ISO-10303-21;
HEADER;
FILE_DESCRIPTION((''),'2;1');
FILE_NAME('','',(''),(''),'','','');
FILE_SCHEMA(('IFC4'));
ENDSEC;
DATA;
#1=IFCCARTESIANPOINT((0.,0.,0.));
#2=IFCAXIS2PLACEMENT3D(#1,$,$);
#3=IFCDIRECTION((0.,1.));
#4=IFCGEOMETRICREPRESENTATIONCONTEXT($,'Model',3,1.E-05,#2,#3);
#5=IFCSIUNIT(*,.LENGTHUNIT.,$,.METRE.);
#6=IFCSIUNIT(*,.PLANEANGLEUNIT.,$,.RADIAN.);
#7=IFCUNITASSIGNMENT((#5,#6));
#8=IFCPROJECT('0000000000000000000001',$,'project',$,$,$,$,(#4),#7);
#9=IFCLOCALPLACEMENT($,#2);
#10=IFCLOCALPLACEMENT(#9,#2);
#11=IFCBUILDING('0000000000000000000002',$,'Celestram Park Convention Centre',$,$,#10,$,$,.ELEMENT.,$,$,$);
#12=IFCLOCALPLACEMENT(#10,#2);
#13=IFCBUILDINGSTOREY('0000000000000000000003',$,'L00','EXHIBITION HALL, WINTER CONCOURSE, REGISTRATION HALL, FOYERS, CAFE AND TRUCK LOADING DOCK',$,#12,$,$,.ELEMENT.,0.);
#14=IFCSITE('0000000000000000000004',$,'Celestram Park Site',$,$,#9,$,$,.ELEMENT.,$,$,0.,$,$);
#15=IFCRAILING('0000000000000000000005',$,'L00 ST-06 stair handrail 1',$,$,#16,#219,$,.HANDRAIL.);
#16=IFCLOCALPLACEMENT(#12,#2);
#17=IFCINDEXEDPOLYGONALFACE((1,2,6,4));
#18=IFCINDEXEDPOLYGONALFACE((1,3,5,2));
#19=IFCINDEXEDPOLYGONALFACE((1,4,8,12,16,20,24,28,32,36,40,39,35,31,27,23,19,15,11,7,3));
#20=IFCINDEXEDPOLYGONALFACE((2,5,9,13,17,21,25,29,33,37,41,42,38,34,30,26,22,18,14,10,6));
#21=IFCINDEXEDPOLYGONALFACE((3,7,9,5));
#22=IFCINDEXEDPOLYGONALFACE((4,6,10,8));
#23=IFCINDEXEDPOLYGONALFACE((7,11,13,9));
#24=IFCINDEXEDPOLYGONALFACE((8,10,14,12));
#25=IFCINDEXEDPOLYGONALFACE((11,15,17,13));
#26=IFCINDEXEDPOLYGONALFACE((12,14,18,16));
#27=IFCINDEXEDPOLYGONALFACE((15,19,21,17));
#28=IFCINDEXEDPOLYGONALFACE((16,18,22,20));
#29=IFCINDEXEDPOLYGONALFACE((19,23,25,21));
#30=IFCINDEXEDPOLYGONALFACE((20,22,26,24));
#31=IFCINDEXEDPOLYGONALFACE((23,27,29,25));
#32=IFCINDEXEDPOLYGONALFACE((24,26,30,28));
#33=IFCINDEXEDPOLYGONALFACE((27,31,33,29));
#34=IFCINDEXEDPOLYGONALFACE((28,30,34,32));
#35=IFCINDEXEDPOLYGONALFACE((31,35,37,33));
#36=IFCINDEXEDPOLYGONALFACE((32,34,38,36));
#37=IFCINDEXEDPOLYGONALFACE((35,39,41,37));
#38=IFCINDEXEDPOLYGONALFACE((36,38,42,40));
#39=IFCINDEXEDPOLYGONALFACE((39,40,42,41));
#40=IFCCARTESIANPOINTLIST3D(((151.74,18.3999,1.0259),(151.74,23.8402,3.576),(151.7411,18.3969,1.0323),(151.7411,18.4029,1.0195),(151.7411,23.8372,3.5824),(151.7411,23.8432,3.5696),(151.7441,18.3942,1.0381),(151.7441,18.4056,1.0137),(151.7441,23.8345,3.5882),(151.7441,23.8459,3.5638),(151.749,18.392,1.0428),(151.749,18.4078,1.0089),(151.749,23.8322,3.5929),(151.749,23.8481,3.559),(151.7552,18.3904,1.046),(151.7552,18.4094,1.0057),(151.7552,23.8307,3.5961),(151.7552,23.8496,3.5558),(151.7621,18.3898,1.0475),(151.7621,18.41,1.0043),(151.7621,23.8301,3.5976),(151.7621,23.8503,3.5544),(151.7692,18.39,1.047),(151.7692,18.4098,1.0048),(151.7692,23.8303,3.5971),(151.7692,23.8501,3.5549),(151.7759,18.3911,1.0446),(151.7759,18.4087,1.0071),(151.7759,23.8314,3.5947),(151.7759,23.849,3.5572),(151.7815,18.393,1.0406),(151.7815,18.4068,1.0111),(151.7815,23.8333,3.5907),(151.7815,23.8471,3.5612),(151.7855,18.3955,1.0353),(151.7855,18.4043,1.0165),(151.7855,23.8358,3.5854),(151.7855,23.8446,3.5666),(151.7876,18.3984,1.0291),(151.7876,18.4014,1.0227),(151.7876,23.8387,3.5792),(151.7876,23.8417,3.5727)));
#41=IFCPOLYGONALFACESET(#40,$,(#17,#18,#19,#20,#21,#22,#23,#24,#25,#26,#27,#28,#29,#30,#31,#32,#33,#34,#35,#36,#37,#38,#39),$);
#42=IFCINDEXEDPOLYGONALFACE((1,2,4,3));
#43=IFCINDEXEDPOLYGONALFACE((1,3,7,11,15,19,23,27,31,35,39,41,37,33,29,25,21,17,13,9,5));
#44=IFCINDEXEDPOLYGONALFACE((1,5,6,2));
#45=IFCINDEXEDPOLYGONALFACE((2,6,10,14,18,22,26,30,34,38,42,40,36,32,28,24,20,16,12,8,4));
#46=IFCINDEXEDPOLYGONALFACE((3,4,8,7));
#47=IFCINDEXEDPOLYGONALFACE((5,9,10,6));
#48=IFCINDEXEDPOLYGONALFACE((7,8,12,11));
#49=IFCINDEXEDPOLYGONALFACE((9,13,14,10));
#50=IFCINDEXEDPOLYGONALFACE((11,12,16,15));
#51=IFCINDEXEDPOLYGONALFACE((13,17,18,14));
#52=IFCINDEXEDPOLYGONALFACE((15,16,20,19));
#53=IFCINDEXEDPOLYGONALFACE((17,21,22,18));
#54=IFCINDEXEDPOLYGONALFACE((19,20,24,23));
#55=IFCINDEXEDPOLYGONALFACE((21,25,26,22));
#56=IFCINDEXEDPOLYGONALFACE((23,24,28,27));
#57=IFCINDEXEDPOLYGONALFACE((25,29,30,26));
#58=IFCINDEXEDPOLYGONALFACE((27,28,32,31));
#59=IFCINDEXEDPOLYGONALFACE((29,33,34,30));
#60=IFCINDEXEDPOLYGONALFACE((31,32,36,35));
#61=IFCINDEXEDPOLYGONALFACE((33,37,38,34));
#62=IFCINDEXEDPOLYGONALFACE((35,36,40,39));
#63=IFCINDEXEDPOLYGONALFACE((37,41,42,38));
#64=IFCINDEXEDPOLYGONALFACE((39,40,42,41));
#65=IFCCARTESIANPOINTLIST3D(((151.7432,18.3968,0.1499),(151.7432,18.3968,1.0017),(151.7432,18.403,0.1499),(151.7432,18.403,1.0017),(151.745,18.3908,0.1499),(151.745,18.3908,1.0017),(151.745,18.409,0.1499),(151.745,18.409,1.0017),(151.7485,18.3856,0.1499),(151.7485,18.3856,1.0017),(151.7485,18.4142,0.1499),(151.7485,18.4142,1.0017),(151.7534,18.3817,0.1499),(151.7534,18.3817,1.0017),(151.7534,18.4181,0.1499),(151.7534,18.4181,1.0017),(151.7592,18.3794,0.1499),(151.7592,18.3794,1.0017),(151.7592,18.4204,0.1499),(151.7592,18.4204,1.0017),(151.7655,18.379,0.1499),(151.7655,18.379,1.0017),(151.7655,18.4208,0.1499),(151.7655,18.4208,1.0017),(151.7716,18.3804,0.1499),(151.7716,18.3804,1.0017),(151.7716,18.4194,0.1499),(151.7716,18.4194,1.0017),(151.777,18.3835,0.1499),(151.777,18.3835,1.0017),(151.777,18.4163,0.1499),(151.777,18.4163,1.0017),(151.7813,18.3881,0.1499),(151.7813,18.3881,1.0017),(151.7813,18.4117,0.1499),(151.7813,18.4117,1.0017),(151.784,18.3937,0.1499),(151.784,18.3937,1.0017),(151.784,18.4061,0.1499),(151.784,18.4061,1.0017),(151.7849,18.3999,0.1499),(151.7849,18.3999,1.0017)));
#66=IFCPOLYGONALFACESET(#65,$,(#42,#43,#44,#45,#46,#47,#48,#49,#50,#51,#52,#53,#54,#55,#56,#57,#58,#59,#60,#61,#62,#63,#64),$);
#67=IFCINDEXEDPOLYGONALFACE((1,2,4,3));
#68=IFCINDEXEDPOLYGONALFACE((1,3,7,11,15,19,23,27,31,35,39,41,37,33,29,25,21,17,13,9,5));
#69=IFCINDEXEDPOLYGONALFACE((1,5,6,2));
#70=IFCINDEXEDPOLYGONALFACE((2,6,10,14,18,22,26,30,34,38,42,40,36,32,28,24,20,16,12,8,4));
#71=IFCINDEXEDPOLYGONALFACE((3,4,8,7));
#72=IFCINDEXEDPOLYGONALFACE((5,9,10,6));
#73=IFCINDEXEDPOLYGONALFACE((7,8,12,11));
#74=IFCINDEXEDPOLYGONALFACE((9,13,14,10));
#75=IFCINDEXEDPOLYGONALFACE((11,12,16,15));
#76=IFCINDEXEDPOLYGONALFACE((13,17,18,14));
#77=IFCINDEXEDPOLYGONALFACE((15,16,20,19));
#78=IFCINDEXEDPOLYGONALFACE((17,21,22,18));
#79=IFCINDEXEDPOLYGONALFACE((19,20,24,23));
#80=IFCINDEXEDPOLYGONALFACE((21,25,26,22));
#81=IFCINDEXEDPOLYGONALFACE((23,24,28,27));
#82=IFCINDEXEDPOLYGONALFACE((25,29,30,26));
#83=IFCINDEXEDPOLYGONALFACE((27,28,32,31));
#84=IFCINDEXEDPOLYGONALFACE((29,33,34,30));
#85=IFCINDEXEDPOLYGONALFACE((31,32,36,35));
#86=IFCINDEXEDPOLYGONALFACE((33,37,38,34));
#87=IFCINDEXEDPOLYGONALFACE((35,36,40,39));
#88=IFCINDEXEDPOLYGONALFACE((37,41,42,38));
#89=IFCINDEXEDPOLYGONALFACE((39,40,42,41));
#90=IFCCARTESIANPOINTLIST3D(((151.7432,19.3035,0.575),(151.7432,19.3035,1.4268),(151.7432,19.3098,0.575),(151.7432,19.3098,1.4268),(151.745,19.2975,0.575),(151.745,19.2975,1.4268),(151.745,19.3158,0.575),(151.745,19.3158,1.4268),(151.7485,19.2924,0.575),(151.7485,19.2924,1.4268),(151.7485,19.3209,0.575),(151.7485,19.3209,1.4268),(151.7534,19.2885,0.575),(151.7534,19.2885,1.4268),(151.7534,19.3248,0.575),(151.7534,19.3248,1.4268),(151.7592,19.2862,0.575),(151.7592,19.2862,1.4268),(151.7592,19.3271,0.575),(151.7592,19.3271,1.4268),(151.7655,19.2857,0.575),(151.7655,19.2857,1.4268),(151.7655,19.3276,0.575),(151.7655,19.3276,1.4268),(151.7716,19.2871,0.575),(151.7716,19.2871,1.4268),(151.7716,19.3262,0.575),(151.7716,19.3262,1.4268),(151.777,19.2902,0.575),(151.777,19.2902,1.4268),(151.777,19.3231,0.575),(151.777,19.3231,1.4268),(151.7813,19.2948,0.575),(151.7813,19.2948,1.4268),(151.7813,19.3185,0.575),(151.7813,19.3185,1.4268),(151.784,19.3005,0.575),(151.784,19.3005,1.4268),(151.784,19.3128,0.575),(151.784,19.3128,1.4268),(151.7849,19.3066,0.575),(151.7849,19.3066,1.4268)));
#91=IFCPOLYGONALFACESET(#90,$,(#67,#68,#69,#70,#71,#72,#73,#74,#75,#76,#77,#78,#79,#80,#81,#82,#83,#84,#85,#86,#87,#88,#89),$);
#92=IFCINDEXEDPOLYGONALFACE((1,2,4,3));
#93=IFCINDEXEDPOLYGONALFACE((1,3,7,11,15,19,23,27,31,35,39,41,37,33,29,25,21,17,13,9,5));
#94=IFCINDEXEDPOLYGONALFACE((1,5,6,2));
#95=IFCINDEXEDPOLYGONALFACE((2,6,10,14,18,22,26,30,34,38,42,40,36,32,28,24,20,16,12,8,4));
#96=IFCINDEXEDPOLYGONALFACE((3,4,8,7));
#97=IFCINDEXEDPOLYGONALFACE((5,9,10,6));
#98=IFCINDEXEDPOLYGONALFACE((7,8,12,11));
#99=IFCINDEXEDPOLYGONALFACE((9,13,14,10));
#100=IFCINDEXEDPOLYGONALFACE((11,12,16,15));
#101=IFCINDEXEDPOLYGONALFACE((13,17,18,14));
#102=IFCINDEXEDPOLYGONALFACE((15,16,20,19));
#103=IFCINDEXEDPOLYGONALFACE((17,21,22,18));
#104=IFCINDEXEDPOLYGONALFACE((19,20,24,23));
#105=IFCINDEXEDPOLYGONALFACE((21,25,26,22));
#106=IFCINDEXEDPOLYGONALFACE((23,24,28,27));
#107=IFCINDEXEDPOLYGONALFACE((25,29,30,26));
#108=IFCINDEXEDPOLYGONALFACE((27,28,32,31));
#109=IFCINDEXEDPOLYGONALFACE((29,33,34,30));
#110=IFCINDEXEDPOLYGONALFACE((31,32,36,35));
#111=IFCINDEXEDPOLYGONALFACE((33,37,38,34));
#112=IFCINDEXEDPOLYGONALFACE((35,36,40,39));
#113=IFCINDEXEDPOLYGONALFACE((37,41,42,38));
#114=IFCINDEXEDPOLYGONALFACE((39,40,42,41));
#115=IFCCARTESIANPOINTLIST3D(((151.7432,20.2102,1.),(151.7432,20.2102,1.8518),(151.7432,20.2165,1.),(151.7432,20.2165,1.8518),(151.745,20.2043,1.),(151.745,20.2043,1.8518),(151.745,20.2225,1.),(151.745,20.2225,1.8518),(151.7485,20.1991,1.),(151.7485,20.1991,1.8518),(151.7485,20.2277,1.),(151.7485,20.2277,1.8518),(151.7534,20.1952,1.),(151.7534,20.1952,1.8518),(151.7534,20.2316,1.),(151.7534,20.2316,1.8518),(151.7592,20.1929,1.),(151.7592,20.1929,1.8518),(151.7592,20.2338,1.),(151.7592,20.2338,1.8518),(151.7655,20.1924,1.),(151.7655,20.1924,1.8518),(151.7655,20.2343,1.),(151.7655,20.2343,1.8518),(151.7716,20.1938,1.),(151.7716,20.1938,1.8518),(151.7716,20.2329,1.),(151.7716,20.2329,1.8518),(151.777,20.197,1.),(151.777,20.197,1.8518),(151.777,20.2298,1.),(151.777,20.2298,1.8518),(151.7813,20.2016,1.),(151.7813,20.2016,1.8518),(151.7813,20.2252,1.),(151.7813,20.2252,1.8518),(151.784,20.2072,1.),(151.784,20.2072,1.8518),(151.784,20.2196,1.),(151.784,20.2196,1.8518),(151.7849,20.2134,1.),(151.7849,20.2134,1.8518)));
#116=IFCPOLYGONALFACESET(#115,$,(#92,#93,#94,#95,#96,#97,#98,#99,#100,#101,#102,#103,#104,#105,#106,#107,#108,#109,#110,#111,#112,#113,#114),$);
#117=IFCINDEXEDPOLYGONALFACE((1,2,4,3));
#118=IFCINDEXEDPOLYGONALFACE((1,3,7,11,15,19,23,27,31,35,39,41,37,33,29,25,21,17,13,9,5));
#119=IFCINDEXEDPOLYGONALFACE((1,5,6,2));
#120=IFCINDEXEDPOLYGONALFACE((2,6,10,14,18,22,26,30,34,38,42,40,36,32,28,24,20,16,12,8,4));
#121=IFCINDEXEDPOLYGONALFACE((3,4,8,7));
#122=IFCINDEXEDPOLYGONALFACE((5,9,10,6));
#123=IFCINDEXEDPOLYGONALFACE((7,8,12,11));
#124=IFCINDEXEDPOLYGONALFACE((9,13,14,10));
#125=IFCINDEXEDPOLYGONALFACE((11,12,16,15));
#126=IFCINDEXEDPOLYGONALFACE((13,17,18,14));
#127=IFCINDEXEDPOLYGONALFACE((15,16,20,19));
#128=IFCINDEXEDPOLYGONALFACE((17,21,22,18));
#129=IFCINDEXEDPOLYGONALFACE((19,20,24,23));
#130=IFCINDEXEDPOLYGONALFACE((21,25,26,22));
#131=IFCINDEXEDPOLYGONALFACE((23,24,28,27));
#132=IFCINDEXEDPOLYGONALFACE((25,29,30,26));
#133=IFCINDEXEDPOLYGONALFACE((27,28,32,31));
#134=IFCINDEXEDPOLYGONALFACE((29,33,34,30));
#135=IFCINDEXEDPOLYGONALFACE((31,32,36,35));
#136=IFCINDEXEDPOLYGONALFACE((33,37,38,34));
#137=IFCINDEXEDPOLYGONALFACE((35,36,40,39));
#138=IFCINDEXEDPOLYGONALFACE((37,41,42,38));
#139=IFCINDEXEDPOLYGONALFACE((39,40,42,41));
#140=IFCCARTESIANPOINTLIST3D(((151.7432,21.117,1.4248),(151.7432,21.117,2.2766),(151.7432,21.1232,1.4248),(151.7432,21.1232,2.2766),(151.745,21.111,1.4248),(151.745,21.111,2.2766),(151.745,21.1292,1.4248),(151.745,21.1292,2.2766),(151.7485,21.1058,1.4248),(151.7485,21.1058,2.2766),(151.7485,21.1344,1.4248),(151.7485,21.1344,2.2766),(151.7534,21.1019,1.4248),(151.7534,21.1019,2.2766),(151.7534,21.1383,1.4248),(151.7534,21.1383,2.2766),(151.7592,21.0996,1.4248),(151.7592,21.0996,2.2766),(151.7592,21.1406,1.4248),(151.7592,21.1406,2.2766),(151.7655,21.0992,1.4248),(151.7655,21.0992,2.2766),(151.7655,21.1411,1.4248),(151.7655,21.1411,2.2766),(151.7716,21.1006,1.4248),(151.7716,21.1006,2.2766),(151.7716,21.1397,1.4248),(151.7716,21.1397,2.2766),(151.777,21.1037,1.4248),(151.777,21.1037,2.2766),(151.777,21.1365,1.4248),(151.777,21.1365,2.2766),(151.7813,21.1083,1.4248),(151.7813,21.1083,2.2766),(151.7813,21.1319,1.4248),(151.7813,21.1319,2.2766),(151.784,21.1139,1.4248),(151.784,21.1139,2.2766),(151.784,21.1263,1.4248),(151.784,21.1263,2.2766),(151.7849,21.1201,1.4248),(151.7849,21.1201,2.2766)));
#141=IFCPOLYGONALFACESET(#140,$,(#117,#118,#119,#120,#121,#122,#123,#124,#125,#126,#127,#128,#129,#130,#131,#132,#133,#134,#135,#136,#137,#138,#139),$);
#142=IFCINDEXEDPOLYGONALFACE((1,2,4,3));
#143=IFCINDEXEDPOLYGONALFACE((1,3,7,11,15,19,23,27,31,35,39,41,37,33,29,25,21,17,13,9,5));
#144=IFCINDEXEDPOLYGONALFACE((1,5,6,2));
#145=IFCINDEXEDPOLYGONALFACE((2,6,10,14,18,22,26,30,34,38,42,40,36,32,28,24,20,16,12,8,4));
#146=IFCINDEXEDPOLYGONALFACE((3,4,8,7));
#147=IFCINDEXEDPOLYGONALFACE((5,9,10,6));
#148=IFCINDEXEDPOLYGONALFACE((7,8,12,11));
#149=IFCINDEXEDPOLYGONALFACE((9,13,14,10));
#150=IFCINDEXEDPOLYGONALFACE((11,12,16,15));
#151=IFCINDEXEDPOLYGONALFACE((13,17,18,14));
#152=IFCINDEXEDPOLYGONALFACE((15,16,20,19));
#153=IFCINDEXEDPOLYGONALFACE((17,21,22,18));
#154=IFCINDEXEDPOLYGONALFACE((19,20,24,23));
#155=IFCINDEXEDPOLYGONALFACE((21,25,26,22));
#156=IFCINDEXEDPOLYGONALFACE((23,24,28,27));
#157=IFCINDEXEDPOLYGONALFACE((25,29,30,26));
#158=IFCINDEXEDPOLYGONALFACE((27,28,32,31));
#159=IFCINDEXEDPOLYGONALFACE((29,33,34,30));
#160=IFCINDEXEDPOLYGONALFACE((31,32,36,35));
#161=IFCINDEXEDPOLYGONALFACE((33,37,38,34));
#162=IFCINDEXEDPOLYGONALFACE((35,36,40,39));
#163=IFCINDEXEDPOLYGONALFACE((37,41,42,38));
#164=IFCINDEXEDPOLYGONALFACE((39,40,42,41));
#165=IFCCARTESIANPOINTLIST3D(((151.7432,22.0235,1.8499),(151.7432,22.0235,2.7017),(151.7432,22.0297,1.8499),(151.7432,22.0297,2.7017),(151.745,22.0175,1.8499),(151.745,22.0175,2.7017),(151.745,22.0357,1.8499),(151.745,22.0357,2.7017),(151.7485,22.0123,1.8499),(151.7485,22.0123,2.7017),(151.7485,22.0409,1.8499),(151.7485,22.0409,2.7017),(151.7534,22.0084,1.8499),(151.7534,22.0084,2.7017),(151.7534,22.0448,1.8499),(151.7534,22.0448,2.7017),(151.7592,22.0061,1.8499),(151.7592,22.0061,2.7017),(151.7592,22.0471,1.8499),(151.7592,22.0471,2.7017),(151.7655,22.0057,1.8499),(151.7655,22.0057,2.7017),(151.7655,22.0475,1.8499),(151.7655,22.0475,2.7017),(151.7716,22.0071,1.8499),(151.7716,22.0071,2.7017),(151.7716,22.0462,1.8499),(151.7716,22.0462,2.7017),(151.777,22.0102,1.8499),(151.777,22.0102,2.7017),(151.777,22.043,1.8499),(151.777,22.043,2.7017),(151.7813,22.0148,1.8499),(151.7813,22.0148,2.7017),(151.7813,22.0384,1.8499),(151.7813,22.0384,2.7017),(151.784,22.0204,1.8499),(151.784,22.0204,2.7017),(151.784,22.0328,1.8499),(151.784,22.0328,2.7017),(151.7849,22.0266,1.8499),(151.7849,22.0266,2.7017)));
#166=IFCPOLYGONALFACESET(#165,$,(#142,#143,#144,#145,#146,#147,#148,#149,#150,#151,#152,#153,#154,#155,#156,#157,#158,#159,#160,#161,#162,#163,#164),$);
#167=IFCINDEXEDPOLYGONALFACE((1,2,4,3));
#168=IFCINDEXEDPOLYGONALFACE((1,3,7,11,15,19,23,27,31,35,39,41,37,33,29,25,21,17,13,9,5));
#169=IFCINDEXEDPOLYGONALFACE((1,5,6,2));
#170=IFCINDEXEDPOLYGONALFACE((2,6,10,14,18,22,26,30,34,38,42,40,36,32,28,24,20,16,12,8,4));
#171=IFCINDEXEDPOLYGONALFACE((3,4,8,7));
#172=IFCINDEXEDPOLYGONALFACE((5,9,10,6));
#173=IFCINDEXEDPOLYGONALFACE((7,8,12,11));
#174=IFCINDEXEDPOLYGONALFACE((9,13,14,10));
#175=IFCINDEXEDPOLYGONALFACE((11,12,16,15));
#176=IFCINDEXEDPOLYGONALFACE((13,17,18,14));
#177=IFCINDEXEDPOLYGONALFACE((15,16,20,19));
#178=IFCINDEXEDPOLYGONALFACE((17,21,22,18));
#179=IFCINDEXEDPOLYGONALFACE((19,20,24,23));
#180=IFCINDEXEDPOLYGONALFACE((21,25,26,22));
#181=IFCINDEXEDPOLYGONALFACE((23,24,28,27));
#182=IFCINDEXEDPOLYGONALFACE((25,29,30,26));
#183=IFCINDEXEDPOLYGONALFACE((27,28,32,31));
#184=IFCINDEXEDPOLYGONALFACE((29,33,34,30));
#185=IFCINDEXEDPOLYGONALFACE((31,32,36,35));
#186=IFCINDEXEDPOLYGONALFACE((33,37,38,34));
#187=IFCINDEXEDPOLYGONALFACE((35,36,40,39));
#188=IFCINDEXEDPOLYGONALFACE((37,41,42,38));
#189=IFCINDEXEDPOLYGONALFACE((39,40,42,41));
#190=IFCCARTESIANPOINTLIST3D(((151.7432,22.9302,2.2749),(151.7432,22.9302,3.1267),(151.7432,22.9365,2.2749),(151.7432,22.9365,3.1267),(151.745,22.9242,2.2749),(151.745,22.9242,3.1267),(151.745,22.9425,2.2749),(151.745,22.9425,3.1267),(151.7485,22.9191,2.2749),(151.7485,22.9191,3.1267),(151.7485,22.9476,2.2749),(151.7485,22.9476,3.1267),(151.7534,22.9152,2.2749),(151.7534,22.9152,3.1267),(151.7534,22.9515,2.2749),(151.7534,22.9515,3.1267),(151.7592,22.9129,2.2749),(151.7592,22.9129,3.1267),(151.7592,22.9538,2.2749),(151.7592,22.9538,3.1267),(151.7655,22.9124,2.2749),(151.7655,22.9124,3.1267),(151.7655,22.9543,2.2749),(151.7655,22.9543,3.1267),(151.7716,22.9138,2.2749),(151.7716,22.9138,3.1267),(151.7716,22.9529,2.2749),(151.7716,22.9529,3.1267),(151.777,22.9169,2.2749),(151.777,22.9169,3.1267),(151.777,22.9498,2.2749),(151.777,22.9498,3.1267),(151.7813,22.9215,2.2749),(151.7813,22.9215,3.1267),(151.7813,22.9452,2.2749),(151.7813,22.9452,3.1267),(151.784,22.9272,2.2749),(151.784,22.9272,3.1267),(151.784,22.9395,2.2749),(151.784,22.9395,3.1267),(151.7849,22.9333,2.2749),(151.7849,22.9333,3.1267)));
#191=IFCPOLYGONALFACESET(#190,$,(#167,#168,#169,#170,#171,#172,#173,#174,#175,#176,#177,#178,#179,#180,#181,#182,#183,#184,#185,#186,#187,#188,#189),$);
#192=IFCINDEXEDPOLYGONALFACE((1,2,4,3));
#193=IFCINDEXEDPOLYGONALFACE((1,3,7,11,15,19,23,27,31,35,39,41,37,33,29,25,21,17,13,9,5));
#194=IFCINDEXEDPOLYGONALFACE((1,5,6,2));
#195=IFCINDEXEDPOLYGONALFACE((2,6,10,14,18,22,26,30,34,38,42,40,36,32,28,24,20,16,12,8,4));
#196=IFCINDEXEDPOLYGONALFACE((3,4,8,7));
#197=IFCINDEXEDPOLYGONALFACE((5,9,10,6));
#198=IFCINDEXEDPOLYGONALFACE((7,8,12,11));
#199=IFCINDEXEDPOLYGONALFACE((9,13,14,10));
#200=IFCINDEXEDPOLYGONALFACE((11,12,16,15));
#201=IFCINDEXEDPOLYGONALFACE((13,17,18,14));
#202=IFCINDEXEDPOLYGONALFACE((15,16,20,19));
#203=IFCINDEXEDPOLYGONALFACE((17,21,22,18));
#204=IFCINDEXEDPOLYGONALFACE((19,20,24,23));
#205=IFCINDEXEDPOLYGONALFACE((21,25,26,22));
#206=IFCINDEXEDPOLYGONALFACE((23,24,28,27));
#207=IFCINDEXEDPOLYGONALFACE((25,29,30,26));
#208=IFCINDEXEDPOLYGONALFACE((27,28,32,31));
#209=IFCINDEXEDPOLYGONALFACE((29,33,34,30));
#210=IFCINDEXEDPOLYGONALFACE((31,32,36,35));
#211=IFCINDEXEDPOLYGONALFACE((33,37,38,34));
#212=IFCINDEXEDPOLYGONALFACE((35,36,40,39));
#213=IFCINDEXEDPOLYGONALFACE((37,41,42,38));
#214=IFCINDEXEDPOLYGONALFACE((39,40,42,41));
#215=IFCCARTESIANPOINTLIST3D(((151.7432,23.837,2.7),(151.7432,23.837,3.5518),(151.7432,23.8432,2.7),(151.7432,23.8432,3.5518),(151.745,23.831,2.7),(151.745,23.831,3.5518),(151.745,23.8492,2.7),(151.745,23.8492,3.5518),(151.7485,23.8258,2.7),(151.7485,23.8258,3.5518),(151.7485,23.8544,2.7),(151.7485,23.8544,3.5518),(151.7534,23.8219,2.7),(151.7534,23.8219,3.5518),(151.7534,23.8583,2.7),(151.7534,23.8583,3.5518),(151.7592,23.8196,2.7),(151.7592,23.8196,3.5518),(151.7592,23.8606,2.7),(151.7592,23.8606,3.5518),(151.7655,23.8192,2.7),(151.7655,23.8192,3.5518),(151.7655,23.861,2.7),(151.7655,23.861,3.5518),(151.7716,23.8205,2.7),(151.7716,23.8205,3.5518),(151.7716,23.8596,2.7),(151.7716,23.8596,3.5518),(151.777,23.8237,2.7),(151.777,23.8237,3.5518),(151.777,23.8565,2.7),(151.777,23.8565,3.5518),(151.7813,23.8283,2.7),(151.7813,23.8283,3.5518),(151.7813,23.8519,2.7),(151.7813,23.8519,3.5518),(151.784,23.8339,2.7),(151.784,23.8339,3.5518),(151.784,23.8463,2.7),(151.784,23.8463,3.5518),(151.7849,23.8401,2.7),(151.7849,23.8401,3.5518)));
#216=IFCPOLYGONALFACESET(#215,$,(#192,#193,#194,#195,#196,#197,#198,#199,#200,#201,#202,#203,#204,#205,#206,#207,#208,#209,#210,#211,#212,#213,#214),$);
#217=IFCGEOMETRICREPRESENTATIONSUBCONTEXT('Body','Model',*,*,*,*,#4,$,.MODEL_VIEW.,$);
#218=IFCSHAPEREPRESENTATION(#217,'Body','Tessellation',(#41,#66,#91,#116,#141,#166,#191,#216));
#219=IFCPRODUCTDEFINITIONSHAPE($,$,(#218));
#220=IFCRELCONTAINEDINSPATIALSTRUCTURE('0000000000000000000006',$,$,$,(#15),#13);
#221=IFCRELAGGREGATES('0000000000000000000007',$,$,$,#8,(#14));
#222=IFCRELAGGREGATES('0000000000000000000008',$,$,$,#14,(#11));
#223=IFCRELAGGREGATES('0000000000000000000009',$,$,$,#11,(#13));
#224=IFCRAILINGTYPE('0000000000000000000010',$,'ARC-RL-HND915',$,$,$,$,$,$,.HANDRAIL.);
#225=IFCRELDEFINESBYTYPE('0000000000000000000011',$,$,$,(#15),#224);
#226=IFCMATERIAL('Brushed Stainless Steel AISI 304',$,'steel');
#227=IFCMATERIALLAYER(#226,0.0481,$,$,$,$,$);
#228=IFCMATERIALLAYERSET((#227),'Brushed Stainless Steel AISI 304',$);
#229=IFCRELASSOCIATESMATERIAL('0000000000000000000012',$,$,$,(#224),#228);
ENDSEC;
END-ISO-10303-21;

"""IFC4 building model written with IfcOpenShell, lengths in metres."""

from ifc_helpers import new_model, si_unit, direction, frame, origin, origin_2d, place, context, subcontext, project, spatial, circle, extrude, material, layer, layer_set, type_object, element, save


model = new_model("IFC4")

# Units and contexts
model_context = context("Model", 3, precision=1e-05, world=origin(), true_north=direction((0.0, 1.0)))
body_context = subcontext(model_context, "Body", "Model", "MODEL_VIEW")
ifc_project = project(units=[si_unit("LENGTHUNIT", "METRE"), si_unit("PLANEANGLEUNIT", "RADIAN")], contexts=[model_context])

# Site, building, storey
site_placement = place(None, origin())
site = spatial("IfcSite", under=ifc_project, at=site_placement, Name="Celestram Park Site", CompositionType="ELEMENT", RefElevation=0.0)
building_placement = place(site_placement, origin())
building = spatial("IfcBuilding", under=site, at=building_placement, Name="Celestram Park Convention Centre", CompositionType="ELEMENT")
storey_placement = place(building_placement, origin())
storey = spatial("IfcBuildingStorey", under=building, at=storey_placement, Name="L00", Description="EXHIBITION HALL, WINTER CONCOURSE, REGISTRATION HALL, FOYERS, CAFE AND TRUCK LOADING DOCK", CompositionType="ELEMENT", Elevation=0.0)

# Railing
ifc_material_1 = material(Name="Brushed Stainless Steel AISI 304", Category="steel")
ifc_layer_1 = layer(ifc_material_1, 0.0481)
ifc_layer_set_1 = layer_set([ifc_layer_1], Name="Brushed Stainless Steel AISI 304")
railing_type_1 = type_object("IfcRailingType", Name="ARC-RL-HND915", PredefinedType="HANDRAIL", material=ifc_layer_set_1)
railing_1_placement = place(storey_placement, frame((151.7639, 18.3999, 0.1499)))
element("IfcRailing", 1, at=railing_1_placement, inside=storey, type_object=railing_type_1, Name="L00 ST-06 stair handrail 1", PredefinedType="HANDRAIL", context=body_context, shape_type="SweptSolid", body=[
    extrude(circle(Radius=0.0239, at=origin_2d()), frame((0.0, 0.0, 0.876), z_axis=(0.0, 0.905461, 0.424429), x_axis=(-1.0, 0.0, 0.0)), (0.0, 0.0, 1.0), 6.0083),
    extrude(circle(Radius=0.021, at=origin_2d()), origin(), (0.0, 0.0, 1.0), 0.8518),
    extrude(circle(Radius=0.021, at=origin_2d()), frame((0.0, 0.9067, 0.425)), (0.0, 0.0, 1.0), 0.8518),
    extrude(circle(Radius=0.021, at=origin_2d()), frame((0.0, 1.8135, 0.8501)), (0.0, 0.0, 1.0), 0.8518),
    extrude(circle(Radius=0.021, at=origin_2d()), frame((0.0, 2.7202, 1.2749)), (0.0, 0.0, 1.0), 0.8518),
    extrude(circle(Radius=0.021, at=origin_2d()), frame((0.0, 3.6267, 1.7)), (0.0, 0.0, 1.0), 0.8518),
    extrude(circle(Radius=0.021, at=origin_2d()), frame((0.0, 4.5334, 2.125)), (0.0, 0.0, 1.0), 0.8518),
    extrude(circle(Radius=0.021, at=origin_2d()), frame((0.0, 5.4402, 2.55)), (0.0, 0.0, 1.0), 0.8518),
])

save(model, "model.ifc")
